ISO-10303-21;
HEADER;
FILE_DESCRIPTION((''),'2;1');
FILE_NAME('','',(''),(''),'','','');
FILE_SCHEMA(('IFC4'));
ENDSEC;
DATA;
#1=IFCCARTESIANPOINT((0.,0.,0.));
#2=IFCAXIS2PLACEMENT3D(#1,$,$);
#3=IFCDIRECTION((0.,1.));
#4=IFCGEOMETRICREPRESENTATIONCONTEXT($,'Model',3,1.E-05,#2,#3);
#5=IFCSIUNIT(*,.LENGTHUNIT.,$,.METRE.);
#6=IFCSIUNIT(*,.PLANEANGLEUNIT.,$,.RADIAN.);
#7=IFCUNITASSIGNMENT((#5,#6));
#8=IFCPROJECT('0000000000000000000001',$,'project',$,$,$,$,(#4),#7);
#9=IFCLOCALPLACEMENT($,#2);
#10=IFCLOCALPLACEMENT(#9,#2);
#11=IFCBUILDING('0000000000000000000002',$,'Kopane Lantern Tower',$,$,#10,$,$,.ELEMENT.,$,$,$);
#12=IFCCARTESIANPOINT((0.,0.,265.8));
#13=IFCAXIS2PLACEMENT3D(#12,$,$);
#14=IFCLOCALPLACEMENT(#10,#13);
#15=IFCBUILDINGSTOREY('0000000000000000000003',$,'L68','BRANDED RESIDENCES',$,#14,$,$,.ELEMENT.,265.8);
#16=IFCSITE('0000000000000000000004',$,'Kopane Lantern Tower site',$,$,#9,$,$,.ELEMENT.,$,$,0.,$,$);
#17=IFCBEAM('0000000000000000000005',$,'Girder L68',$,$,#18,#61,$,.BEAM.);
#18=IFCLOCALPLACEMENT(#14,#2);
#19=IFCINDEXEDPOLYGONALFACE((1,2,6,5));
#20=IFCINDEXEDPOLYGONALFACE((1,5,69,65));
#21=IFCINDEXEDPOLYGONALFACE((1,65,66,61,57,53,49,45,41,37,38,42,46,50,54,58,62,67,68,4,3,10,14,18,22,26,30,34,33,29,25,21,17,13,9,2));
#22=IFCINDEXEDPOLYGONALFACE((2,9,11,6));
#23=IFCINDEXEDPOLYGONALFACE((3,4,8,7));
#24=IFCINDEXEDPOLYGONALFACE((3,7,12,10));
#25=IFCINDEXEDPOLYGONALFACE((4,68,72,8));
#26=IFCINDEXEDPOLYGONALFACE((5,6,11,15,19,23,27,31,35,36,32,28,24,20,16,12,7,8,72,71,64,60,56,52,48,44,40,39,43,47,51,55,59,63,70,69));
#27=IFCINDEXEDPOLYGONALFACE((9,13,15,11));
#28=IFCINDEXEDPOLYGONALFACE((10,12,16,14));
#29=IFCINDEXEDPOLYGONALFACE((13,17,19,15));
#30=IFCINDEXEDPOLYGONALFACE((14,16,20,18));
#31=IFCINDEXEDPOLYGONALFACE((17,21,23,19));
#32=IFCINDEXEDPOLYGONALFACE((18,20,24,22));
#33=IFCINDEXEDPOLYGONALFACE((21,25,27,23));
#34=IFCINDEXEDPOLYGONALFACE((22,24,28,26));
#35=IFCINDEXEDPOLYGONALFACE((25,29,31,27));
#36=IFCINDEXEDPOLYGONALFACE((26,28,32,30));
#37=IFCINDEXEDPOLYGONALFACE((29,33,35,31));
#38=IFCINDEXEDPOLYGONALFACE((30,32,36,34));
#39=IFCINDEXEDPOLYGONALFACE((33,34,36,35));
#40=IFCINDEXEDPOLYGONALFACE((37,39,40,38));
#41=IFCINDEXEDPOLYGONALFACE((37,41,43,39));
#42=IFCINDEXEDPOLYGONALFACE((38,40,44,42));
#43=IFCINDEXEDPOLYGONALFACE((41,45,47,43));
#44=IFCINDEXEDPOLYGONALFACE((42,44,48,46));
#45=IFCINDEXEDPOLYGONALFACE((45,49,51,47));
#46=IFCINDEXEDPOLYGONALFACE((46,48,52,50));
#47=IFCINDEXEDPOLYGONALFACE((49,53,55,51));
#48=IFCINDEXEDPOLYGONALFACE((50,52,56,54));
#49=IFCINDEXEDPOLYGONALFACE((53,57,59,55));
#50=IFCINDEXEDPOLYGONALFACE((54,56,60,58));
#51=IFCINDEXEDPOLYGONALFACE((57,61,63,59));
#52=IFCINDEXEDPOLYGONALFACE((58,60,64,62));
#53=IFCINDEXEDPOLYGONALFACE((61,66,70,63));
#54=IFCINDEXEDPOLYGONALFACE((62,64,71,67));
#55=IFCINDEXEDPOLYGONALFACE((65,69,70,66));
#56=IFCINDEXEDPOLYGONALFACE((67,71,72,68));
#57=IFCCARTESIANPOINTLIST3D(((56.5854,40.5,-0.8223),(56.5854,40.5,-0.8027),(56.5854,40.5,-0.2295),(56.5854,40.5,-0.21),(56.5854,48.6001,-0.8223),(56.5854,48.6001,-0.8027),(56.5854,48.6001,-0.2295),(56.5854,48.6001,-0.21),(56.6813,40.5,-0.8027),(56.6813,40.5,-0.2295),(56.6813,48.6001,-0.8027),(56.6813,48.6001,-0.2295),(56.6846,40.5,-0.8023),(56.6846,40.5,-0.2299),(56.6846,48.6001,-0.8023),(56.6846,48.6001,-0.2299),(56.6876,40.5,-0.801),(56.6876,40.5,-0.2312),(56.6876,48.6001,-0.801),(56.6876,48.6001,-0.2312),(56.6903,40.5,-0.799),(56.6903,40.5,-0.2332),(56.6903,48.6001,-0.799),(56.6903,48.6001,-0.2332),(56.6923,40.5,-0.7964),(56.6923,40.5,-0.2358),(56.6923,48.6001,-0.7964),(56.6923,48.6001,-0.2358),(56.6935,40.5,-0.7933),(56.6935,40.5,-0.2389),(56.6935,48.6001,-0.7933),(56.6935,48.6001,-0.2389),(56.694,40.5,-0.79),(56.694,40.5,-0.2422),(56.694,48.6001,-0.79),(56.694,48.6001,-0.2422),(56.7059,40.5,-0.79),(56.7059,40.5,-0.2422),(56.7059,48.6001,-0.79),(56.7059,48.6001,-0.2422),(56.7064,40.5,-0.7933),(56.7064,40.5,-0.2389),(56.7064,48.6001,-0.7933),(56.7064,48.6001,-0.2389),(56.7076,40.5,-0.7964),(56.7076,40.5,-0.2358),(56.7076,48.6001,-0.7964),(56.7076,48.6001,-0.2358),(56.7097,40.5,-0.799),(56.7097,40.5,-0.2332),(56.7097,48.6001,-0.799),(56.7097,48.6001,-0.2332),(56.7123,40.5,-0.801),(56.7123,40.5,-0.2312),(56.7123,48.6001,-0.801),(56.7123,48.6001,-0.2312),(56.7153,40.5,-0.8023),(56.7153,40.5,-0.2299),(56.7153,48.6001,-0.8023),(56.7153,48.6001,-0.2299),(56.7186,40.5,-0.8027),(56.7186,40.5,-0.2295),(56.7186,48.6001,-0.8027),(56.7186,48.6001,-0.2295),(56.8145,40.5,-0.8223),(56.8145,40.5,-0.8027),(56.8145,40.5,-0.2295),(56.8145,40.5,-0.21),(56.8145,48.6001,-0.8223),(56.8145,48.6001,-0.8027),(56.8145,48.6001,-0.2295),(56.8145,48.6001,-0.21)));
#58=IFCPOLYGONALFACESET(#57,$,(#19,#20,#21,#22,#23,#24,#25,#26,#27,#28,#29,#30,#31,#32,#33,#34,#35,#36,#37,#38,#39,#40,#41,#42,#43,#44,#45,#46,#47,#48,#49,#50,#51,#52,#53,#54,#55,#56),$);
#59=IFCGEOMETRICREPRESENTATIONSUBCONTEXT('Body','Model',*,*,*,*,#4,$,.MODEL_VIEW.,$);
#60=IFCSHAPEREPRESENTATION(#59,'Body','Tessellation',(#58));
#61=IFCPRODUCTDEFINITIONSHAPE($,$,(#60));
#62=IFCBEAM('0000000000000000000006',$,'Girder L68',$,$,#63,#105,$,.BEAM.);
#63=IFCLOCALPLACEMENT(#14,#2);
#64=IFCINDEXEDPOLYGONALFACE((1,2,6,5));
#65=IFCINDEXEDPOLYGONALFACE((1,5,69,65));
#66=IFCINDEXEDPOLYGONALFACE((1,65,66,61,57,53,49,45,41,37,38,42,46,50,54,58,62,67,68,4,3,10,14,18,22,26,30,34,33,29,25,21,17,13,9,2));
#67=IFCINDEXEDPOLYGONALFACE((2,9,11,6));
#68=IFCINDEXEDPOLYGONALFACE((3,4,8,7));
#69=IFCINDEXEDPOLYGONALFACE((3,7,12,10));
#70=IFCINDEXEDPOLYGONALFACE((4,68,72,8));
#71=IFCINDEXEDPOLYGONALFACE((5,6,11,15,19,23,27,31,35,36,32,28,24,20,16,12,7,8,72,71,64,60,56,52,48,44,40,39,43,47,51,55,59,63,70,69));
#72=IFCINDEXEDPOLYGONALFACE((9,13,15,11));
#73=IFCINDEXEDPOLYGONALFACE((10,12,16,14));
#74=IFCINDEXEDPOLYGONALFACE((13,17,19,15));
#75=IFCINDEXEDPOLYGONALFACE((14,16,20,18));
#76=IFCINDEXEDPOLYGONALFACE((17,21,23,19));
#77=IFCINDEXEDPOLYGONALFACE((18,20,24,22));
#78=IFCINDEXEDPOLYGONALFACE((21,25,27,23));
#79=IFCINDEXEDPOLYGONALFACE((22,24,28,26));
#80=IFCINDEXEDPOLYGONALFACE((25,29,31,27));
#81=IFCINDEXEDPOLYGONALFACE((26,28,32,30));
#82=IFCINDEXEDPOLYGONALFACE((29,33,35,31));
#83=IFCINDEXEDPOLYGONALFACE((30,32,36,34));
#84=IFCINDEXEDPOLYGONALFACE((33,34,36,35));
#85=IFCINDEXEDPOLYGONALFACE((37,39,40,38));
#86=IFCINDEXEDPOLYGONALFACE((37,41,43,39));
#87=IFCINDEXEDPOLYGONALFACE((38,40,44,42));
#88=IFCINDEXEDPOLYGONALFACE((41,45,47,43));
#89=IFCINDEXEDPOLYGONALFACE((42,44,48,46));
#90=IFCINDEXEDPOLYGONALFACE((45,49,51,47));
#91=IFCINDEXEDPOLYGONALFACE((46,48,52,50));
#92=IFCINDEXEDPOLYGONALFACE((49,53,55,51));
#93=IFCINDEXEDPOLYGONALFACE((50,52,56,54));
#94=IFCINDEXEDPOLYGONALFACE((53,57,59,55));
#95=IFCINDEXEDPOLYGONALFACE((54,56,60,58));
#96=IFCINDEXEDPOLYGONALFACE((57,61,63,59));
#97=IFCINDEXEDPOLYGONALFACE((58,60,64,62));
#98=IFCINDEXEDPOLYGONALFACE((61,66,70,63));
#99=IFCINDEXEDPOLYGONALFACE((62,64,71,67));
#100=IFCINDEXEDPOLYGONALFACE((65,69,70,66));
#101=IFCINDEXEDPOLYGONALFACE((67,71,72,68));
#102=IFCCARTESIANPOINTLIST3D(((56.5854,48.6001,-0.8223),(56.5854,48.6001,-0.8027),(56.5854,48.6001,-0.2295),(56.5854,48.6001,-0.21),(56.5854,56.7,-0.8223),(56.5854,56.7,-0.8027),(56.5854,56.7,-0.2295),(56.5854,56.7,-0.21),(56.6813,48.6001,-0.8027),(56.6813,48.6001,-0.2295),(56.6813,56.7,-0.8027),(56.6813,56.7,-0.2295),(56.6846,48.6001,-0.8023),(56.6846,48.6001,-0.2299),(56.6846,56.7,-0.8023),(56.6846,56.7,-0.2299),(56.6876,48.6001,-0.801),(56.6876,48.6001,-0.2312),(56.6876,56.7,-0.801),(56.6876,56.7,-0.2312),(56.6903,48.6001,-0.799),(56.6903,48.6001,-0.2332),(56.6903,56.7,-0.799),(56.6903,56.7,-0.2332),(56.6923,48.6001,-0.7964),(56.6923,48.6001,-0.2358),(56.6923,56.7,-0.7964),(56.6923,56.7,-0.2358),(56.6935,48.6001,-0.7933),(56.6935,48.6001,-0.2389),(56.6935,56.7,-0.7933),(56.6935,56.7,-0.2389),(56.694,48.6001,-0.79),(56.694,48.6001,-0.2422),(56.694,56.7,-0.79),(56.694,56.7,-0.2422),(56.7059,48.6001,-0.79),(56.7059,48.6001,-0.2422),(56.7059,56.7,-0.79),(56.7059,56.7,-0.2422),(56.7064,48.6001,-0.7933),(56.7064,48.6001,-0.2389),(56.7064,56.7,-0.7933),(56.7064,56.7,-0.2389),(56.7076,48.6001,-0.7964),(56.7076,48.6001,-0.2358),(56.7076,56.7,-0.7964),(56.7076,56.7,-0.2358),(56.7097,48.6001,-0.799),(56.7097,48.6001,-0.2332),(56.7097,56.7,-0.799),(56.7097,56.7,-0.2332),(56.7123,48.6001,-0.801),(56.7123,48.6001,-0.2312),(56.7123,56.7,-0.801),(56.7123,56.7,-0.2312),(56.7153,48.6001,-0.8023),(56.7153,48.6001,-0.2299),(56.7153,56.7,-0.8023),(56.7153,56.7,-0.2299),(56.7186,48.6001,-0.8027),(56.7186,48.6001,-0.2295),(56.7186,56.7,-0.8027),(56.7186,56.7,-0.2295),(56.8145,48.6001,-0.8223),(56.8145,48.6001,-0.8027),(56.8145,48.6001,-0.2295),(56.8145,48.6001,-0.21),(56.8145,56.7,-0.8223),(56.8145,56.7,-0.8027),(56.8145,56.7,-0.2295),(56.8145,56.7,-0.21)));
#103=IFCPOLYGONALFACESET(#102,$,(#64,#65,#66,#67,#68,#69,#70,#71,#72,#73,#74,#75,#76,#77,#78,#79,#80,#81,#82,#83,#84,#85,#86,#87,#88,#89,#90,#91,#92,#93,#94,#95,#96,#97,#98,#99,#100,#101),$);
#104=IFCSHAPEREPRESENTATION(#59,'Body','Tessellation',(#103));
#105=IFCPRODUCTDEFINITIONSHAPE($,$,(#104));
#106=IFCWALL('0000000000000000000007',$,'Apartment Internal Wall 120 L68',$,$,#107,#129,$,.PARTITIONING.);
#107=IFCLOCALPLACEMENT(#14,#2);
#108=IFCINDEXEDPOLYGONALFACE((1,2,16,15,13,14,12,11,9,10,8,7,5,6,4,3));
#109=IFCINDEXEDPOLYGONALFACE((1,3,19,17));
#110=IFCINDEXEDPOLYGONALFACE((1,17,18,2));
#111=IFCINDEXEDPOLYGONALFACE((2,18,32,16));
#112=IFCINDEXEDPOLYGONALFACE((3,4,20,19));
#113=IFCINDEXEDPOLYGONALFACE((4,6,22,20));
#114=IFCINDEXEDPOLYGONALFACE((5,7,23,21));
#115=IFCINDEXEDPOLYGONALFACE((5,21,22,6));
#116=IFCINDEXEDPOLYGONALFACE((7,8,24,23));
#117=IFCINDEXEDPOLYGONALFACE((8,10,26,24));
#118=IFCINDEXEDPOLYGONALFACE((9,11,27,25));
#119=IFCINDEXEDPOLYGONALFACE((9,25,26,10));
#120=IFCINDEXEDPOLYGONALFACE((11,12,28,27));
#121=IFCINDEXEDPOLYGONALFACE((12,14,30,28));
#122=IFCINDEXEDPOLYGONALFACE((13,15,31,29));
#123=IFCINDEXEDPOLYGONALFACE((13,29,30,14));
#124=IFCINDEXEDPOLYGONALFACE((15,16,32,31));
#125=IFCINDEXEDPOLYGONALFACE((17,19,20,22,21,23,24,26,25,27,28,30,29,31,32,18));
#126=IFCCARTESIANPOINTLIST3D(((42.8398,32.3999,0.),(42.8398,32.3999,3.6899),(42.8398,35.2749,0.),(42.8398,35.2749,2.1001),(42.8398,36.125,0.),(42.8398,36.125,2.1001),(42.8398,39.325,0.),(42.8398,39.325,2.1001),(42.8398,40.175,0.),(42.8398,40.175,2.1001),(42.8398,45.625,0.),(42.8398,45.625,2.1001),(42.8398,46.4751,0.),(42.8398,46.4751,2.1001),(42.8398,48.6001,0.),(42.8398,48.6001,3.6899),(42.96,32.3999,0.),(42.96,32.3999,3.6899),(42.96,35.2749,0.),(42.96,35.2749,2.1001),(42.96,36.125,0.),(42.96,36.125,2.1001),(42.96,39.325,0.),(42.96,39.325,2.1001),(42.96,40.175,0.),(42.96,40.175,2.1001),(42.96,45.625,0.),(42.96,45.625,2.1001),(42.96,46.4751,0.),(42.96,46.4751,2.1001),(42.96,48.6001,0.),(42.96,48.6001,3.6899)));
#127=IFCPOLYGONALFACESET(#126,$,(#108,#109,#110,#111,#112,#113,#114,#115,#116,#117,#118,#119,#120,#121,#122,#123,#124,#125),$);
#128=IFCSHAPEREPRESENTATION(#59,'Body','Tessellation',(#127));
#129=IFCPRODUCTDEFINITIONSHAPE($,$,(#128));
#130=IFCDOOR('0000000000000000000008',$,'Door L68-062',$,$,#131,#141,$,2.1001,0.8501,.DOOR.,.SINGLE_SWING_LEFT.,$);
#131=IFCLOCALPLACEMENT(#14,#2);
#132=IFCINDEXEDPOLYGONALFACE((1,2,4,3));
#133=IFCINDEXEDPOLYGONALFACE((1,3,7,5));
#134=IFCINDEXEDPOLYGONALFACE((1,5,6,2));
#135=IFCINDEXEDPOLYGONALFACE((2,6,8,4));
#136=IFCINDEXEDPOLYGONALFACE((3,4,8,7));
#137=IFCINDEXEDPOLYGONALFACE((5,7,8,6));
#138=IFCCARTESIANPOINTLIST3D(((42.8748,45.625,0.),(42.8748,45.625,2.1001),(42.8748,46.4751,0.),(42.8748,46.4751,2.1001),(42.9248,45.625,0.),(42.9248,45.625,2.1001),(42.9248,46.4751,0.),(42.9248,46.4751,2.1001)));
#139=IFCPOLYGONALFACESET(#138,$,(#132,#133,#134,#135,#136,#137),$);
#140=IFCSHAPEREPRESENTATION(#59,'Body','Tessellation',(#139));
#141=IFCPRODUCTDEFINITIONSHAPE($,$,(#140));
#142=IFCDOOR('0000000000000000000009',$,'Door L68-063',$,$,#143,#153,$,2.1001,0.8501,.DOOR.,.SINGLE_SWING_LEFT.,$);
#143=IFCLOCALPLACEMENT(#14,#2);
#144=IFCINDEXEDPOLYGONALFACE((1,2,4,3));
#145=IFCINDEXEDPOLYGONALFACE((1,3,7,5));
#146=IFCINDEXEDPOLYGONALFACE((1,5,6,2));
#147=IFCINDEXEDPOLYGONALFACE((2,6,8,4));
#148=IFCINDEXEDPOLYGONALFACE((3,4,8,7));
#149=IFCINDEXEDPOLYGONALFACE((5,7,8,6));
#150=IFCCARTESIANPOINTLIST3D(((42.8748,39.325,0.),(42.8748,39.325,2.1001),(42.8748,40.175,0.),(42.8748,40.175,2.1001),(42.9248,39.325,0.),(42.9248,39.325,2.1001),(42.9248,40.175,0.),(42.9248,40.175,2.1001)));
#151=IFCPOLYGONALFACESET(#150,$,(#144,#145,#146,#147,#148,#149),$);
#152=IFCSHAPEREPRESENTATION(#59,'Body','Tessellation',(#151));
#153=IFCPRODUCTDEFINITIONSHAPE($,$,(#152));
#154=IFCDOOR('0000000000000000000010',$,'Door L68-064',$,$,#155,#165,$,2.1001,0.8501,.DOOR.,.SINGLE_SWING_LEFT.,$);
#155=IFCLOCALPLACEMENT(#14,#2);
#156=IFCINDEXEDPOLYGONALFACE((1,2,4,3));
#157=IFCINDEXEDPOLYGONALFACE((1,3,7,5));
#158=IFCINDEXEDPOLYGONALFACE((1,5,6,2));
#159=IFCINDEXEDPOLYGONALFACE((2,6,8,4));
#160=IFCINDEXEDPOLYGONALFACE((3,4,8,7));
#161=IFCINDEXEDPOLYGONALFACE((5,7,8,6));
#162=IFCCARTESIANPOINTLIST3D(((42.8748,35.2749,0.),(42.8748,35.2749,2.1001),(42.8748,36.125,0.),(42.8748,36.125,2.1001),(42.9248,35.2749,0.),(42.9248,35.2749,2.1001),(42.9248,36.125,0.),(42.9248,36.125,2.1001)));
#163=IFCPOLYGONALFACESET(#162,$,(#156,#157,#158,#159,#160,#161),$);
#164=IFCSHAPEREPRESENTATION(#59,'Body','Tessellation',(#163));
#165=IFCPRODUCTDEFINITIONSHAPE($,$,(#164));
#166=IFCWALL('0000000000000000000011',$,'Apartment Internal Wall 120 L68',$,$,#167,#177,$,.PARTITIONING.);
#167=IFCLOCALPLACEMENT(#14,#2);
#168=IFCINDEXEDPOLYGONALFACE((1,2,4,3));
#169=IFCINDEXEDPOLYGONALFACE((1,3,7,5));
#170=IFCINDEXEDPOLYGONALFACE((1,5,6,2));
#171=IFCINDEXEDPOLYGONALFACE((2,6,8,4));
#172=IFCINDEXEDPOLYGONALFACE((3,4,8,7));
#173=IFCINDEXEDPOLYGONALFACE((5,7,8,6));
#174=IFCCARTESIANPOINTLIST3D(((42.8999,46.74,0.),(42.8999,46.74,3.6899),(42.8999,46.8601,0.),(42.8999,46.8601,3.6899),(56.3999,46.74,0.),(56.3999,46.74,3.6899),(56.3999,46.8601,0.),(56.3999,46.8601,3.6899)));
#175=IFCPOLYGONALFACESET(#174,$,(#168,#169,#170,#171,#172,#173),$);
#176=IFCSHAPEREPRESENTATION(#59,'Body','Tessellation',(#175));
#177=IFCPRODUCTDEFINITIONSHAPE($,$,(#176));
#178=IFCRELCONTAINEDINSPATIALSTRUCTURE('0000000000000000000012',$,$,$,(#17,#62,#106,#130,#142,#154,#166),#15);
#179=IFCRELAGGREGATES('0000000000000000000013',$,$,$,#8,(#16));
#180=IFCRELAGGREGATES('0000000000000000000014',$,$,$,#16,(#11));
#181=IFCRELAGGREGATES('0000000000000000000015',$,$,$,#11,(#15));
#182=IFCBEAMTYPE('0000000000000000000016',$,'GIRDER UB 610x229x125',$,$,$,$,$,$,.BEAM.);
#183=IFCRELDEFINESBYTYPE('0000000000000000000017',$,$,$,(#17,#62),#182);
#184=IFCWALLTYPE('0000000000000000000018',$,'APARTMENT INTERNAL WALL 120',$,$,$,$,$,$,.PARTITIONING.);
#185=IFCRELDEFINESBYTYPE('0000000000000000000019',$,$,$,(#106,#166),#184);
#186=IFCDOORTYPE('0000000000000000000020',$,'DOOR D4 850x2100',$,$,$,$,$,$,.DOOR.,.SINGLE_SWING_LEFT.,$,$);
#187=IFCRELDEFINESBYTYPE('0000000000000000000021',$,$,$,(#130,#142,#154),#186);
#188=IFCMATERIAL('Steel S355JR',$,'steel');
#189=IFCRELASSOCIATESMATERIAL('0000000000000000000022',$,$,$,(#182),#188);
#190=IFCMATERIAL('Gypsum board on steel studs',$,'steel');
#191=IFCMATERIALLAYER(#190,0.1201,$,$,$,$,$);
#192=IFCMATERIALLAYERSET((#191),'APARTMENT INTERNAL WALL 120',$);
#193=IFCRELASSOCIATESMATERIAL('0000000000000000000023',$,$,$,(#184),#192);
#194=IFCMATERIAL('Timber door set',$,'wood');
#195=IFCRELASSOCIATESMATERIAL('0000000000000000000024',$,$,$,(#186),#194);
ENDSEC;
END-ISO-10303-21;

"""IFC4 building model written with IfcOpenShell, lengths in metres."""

from ifc_helpers import new_model, si_unit, direction, frame, frame_2d, origin, origin_2d, place, context, subcontext, project, spatial, rectangle, i_section, extrude, material, layer, layer_set, material_profile, profile_set, type_object, element, fill, save


model = new_model("IFC4")

# Units and contexts
model_context = context("Model", 3, precision=1e-05, world=origin(), true_north=direction((0.0, 1.0)))
body_context = subcontext(model_context, "Body", "Model", "MODEL_VIEW")
ifc_project = project(units=[si_unit("LENGTHUNIT", "METRE"), si_unit("PLANEANGLEUNIT", "RADIAN")], contexts=[model_context])

# Site, building, storey
site_placement = place(None, origin())
site = spatial("IfcSite", under=ifc_project, at=site_placement, Name="Kopane Lantern Tower site", CompositionType="ELEMENT", RefElevation=0.0)
building_placement = place(site_placement, origin())
building = spatial("IfcBuilding", under=site, at=building_placement, Name="Kopane Lantern Tower", CompositionType="ELEMENT")
storey_placement = place(building_placement, frame((0.0, 0.0, 265.8)))
storey = spatial("IfcBuildingStorey", under=building, at=storey_placement, Name="L68", Description="BRANDED RESIDENCES", CompositionType="ELEMENT", Elevation=265.8)

# Beams
ifc_material_1 = material(Name="Steel S355JR", Category="steel")
ifc_material_profile_1 = material_profile(ifc_material_1, i_section(OverallWidth=0.229, OverallDepth=0.6123, WebThickness=0.012, FlangeThickness=0.0195, FilletRadius=0.0127, at=origin_2d()), Name="UB 610x229x125")
ifc_profile_set_1 = profile_set([ifc_material_profile_1], Name="Steel S355JR")
beam_type = type_object("IfcBeamType", Name="GIRDER UB 610x229x125", PredefinedType="BEAM", material=ifc_profile_set_1)
beam_1_placement = place(storey_placement, frame((56.7, 40.5, -0.5161), z_axis=(0.0, 1.0, 0.0), x_axis=(-1.0, 0.0, 0.0)))
element("IfcBeam", 1, at=beam_1_placement, inside=storey, type_object=beam_type, Name="Girder L68", PredefinedType="BEAM", context=body_context, shape_type="SweptSolid", body=[
    extrude(i_section(OverallWidth=0.229, OverallDepth=0.6123, WebThickness=0.012, FlangeThickness=0.0195, FilletRadius=0.0127, at=origin_2d()), origin(), (0.0, 0.0, 1.0), 8.1001),
])
beam_2_placement = place(storey_placement, frame((56.7, 48.6001, -0.5161), z_axis=(0.0, 1.0, 0.0), x_axis=(-1.0, 0.0, 0.0)))
element("IfcBeam", 2, at=beam_2_placement, inside=storey, type_object=beam_type, Name="Girder L68", PredefinedType="BEAM", context=body_context, shape_type="SweptSolid", body=[
    extrude(i_section(OverallWidth=0.229, OverallDepth=0.6123, WebThickness=0.012, FlangeThickness=0.0195, FilletRadius=0.0127, at=origin_2d()), origin(), (0.0, 0.0, 1.0), 8.0999),
])

# Wall, openings, doors
ifc_material_2 = material(Name="Gypsum board on steel studs", Category="steel")
ifc_layer_1 = layer(ifc_material_2, 0.1201)
ifc_layer_set_1 = layer_set([ifc_layer_1], Name="APARTMENT INTERNAL WALL 120")
wall_type_1 = type_object("IfcWallType", Name="APARTMENT INTERNAL WALL 120", PredefinedType="PARTITIONING", material=ifc_layer_set_1)
wall_1_placement = place(storey_placement, frame((42.8999, 48.6001, 0.0), z_axis=(0.0, 0.0, 1.0), x_axis=(0.0, -1.0, 0.0)))
wall_1 = element("IfcWall", 3, at=wall_1_placement, inside=storey, type_object=wall_type_1, Name="Apartment Internal Wall 120 L68", PredefinedType="PARTITIONING", context=body_context, shape_type="SweptSolid", body=[
    extrude(rectangle(XDim=16.2002, YDim=0.1201, at=frame_2d((8.1001, 0.0))), origin(), (0.0, 0.0, 1.0), 3.6899),
])
opening_1_placement = place(wall_1_placement, frame((2.125, 0.0, 0.0)))
opening_1 = element("IfcOpeningElement", 4, at=opening_1_placement, cuts=wall_1, PredefinedType="OPENING", context=body_context, shape_type="SweptSolid", body=[
    extrude(rectangle(XDim=0.8501, YDim=2.1001, at=frame_2d((0.425, 1.05))), frame((0.0, 0.0701, 0.0), z_axis=(0.0, -1.0, 0.0), x_axis=(1.0, 0.0, 0.0)), (0.0, 0.0, 1.0), 0.1401),
])
opening_2_placement = place(wall_1_placement, frame((8.425, 0.0, 0.0)))
opening_2 = element("IfcOpeningElement", 5, at=opening_2_placement, cuts=wall_1, PredefinedType="OPENING", context=body_context, shape_type="SweptSolid", body=[
    extrude(rectangle(XDim=0.8501, YDim=2.1001, at=frame_2d((0.425, 1.05))), frame((0.0, 0.0701, 0.0), z_axis=(0.0, -1.0, 0.0), x_axis=(1.0, 0.0, 0.0)), (0.0, 0.0, 1.0), 0.1401),
])
opening_3_placement = place(wall_1_placement, frame((12.4751, 0.0, 0.0)))
opening_3 = element("IfcOpeningElement", 6, at=opening_3_placement, cuts=wall_1, PredefinedType="OPENING", context=body_context, shape_type="SweptSolid", body=[
    extrude(rectangle(XDim=0.8501, YDim=2.1001, at=frame_2d((0.425, 1.05))), frame((0.0, 0.0701, 0.0), z_axis=(0.0, -1.0, 0.0), x_axis=(1.0, 0.0, 0.0)), (0.0, 0.0, 1.0), 0.1401),
])
ifc_material_3 = material(Name="Timber door set", Category="wood")
door_type_1 = type_object("IfcDoorType", Name="DOOR D4 850x2100", OperationType="SINGLE_SWING_LEFT", PredefinedType="DOOR", material=ifc_material_3)
door_1_placement = place(opening_1_placement, origin())
door_1 = element("IfcDoor", 7, at=door_1_placement, inside=storey, type_object=door_type_1, Name="Door L68-062", OperationType="SINGLE_SWING_LEFT", OverallHeight=2.1001, OverallWidth=0.8501, PredefinedType="DOOR", context=body_context, shape_type="SweptSolid", body=[
    extrude(rectangle(XDim=0.8501, YDim=2.1001, at=frame_2d((0.425, 1.05))), frame((0.0, 0.0249, 0.0), z_axis=(0.0, -1.0, 0.0), x_axis=(1.0, 0.0, 0.0)), (0.0, 0.0, 1.0), 0.05),
])
fill(opening_1, door_1)
door_2_placement = place(opening_2_placement, origin())
door_2 = element("IfcDoor", 8, at=door_2_placement, inside=storey, type_object=door_type_1, Name="Door L68-063", OperationType="SINGLE_SWING_LEFT", OverallHeight=2.1001, OverallWidth=0.8501, PredefinedType="DOOR", context=body_context, shape_type="SweptSolid", body=[
    extrude(rectangle(XDim=0.8501, YDim=2.1001, at=frame_2d((0.425, 1.05))), frame((0.0, 0.0249, 0.0), z_axis=(0.0, -1.0, 0.0), x_axis=(1.0, 0.0, 0.0)), (0.0, 0.0, 1.0), 0.05),
])
fill(opening_2, door_2)
door_3_placement = place(opening_3_placement, origin())
door_3 = element("IfcDoor", 9, at=door_3_placement, inside=storey, type_object=door_type_1, Name="Door L68-064", OperationType="SINGLE_SWING_LEFT", OverallHeight=2.1001, OverallWidth=0.8501, PredefinedType="DOOR", context=body_context, shape_type="SweptSolid", body=[
    extrude(rectangle(XDim=0.8501, YDim=2.1001, at=frame_2d((0.425, 1.05))), frame((0.0, 0.0249, 0.0), z_axis=(0.0, -1.0, 0.0), x_axis=(1.0, 0.0, 0.0)), (0.0, 0.0, 1.0), 0.05),
])
fill(opening_3, door_3)

# Wall
wall_2_placement = place(storey_placement, frame((42.8999, 46.8, 0.0), z_axis=(0.0, 0.0, 1.0), x_axis=(1.0, 0.0, 0.0)))
element("IfcWall", 10, at=wall_2_placement, inside=storey, type_object=wall_type_1, Name="Apartment Internal Wall 120 L68", PredefinedType="PARTITIONING", context=body_context, shape_type="SweptSolid", body=[
    extrude(rectangle(XDim=13.5, YDim=0.1201, at=frame_2d((6.75, 0.0))), origin(), (0.0, 0.0, 1.0), 3.6899),
])

save(model, "model.ifc")
